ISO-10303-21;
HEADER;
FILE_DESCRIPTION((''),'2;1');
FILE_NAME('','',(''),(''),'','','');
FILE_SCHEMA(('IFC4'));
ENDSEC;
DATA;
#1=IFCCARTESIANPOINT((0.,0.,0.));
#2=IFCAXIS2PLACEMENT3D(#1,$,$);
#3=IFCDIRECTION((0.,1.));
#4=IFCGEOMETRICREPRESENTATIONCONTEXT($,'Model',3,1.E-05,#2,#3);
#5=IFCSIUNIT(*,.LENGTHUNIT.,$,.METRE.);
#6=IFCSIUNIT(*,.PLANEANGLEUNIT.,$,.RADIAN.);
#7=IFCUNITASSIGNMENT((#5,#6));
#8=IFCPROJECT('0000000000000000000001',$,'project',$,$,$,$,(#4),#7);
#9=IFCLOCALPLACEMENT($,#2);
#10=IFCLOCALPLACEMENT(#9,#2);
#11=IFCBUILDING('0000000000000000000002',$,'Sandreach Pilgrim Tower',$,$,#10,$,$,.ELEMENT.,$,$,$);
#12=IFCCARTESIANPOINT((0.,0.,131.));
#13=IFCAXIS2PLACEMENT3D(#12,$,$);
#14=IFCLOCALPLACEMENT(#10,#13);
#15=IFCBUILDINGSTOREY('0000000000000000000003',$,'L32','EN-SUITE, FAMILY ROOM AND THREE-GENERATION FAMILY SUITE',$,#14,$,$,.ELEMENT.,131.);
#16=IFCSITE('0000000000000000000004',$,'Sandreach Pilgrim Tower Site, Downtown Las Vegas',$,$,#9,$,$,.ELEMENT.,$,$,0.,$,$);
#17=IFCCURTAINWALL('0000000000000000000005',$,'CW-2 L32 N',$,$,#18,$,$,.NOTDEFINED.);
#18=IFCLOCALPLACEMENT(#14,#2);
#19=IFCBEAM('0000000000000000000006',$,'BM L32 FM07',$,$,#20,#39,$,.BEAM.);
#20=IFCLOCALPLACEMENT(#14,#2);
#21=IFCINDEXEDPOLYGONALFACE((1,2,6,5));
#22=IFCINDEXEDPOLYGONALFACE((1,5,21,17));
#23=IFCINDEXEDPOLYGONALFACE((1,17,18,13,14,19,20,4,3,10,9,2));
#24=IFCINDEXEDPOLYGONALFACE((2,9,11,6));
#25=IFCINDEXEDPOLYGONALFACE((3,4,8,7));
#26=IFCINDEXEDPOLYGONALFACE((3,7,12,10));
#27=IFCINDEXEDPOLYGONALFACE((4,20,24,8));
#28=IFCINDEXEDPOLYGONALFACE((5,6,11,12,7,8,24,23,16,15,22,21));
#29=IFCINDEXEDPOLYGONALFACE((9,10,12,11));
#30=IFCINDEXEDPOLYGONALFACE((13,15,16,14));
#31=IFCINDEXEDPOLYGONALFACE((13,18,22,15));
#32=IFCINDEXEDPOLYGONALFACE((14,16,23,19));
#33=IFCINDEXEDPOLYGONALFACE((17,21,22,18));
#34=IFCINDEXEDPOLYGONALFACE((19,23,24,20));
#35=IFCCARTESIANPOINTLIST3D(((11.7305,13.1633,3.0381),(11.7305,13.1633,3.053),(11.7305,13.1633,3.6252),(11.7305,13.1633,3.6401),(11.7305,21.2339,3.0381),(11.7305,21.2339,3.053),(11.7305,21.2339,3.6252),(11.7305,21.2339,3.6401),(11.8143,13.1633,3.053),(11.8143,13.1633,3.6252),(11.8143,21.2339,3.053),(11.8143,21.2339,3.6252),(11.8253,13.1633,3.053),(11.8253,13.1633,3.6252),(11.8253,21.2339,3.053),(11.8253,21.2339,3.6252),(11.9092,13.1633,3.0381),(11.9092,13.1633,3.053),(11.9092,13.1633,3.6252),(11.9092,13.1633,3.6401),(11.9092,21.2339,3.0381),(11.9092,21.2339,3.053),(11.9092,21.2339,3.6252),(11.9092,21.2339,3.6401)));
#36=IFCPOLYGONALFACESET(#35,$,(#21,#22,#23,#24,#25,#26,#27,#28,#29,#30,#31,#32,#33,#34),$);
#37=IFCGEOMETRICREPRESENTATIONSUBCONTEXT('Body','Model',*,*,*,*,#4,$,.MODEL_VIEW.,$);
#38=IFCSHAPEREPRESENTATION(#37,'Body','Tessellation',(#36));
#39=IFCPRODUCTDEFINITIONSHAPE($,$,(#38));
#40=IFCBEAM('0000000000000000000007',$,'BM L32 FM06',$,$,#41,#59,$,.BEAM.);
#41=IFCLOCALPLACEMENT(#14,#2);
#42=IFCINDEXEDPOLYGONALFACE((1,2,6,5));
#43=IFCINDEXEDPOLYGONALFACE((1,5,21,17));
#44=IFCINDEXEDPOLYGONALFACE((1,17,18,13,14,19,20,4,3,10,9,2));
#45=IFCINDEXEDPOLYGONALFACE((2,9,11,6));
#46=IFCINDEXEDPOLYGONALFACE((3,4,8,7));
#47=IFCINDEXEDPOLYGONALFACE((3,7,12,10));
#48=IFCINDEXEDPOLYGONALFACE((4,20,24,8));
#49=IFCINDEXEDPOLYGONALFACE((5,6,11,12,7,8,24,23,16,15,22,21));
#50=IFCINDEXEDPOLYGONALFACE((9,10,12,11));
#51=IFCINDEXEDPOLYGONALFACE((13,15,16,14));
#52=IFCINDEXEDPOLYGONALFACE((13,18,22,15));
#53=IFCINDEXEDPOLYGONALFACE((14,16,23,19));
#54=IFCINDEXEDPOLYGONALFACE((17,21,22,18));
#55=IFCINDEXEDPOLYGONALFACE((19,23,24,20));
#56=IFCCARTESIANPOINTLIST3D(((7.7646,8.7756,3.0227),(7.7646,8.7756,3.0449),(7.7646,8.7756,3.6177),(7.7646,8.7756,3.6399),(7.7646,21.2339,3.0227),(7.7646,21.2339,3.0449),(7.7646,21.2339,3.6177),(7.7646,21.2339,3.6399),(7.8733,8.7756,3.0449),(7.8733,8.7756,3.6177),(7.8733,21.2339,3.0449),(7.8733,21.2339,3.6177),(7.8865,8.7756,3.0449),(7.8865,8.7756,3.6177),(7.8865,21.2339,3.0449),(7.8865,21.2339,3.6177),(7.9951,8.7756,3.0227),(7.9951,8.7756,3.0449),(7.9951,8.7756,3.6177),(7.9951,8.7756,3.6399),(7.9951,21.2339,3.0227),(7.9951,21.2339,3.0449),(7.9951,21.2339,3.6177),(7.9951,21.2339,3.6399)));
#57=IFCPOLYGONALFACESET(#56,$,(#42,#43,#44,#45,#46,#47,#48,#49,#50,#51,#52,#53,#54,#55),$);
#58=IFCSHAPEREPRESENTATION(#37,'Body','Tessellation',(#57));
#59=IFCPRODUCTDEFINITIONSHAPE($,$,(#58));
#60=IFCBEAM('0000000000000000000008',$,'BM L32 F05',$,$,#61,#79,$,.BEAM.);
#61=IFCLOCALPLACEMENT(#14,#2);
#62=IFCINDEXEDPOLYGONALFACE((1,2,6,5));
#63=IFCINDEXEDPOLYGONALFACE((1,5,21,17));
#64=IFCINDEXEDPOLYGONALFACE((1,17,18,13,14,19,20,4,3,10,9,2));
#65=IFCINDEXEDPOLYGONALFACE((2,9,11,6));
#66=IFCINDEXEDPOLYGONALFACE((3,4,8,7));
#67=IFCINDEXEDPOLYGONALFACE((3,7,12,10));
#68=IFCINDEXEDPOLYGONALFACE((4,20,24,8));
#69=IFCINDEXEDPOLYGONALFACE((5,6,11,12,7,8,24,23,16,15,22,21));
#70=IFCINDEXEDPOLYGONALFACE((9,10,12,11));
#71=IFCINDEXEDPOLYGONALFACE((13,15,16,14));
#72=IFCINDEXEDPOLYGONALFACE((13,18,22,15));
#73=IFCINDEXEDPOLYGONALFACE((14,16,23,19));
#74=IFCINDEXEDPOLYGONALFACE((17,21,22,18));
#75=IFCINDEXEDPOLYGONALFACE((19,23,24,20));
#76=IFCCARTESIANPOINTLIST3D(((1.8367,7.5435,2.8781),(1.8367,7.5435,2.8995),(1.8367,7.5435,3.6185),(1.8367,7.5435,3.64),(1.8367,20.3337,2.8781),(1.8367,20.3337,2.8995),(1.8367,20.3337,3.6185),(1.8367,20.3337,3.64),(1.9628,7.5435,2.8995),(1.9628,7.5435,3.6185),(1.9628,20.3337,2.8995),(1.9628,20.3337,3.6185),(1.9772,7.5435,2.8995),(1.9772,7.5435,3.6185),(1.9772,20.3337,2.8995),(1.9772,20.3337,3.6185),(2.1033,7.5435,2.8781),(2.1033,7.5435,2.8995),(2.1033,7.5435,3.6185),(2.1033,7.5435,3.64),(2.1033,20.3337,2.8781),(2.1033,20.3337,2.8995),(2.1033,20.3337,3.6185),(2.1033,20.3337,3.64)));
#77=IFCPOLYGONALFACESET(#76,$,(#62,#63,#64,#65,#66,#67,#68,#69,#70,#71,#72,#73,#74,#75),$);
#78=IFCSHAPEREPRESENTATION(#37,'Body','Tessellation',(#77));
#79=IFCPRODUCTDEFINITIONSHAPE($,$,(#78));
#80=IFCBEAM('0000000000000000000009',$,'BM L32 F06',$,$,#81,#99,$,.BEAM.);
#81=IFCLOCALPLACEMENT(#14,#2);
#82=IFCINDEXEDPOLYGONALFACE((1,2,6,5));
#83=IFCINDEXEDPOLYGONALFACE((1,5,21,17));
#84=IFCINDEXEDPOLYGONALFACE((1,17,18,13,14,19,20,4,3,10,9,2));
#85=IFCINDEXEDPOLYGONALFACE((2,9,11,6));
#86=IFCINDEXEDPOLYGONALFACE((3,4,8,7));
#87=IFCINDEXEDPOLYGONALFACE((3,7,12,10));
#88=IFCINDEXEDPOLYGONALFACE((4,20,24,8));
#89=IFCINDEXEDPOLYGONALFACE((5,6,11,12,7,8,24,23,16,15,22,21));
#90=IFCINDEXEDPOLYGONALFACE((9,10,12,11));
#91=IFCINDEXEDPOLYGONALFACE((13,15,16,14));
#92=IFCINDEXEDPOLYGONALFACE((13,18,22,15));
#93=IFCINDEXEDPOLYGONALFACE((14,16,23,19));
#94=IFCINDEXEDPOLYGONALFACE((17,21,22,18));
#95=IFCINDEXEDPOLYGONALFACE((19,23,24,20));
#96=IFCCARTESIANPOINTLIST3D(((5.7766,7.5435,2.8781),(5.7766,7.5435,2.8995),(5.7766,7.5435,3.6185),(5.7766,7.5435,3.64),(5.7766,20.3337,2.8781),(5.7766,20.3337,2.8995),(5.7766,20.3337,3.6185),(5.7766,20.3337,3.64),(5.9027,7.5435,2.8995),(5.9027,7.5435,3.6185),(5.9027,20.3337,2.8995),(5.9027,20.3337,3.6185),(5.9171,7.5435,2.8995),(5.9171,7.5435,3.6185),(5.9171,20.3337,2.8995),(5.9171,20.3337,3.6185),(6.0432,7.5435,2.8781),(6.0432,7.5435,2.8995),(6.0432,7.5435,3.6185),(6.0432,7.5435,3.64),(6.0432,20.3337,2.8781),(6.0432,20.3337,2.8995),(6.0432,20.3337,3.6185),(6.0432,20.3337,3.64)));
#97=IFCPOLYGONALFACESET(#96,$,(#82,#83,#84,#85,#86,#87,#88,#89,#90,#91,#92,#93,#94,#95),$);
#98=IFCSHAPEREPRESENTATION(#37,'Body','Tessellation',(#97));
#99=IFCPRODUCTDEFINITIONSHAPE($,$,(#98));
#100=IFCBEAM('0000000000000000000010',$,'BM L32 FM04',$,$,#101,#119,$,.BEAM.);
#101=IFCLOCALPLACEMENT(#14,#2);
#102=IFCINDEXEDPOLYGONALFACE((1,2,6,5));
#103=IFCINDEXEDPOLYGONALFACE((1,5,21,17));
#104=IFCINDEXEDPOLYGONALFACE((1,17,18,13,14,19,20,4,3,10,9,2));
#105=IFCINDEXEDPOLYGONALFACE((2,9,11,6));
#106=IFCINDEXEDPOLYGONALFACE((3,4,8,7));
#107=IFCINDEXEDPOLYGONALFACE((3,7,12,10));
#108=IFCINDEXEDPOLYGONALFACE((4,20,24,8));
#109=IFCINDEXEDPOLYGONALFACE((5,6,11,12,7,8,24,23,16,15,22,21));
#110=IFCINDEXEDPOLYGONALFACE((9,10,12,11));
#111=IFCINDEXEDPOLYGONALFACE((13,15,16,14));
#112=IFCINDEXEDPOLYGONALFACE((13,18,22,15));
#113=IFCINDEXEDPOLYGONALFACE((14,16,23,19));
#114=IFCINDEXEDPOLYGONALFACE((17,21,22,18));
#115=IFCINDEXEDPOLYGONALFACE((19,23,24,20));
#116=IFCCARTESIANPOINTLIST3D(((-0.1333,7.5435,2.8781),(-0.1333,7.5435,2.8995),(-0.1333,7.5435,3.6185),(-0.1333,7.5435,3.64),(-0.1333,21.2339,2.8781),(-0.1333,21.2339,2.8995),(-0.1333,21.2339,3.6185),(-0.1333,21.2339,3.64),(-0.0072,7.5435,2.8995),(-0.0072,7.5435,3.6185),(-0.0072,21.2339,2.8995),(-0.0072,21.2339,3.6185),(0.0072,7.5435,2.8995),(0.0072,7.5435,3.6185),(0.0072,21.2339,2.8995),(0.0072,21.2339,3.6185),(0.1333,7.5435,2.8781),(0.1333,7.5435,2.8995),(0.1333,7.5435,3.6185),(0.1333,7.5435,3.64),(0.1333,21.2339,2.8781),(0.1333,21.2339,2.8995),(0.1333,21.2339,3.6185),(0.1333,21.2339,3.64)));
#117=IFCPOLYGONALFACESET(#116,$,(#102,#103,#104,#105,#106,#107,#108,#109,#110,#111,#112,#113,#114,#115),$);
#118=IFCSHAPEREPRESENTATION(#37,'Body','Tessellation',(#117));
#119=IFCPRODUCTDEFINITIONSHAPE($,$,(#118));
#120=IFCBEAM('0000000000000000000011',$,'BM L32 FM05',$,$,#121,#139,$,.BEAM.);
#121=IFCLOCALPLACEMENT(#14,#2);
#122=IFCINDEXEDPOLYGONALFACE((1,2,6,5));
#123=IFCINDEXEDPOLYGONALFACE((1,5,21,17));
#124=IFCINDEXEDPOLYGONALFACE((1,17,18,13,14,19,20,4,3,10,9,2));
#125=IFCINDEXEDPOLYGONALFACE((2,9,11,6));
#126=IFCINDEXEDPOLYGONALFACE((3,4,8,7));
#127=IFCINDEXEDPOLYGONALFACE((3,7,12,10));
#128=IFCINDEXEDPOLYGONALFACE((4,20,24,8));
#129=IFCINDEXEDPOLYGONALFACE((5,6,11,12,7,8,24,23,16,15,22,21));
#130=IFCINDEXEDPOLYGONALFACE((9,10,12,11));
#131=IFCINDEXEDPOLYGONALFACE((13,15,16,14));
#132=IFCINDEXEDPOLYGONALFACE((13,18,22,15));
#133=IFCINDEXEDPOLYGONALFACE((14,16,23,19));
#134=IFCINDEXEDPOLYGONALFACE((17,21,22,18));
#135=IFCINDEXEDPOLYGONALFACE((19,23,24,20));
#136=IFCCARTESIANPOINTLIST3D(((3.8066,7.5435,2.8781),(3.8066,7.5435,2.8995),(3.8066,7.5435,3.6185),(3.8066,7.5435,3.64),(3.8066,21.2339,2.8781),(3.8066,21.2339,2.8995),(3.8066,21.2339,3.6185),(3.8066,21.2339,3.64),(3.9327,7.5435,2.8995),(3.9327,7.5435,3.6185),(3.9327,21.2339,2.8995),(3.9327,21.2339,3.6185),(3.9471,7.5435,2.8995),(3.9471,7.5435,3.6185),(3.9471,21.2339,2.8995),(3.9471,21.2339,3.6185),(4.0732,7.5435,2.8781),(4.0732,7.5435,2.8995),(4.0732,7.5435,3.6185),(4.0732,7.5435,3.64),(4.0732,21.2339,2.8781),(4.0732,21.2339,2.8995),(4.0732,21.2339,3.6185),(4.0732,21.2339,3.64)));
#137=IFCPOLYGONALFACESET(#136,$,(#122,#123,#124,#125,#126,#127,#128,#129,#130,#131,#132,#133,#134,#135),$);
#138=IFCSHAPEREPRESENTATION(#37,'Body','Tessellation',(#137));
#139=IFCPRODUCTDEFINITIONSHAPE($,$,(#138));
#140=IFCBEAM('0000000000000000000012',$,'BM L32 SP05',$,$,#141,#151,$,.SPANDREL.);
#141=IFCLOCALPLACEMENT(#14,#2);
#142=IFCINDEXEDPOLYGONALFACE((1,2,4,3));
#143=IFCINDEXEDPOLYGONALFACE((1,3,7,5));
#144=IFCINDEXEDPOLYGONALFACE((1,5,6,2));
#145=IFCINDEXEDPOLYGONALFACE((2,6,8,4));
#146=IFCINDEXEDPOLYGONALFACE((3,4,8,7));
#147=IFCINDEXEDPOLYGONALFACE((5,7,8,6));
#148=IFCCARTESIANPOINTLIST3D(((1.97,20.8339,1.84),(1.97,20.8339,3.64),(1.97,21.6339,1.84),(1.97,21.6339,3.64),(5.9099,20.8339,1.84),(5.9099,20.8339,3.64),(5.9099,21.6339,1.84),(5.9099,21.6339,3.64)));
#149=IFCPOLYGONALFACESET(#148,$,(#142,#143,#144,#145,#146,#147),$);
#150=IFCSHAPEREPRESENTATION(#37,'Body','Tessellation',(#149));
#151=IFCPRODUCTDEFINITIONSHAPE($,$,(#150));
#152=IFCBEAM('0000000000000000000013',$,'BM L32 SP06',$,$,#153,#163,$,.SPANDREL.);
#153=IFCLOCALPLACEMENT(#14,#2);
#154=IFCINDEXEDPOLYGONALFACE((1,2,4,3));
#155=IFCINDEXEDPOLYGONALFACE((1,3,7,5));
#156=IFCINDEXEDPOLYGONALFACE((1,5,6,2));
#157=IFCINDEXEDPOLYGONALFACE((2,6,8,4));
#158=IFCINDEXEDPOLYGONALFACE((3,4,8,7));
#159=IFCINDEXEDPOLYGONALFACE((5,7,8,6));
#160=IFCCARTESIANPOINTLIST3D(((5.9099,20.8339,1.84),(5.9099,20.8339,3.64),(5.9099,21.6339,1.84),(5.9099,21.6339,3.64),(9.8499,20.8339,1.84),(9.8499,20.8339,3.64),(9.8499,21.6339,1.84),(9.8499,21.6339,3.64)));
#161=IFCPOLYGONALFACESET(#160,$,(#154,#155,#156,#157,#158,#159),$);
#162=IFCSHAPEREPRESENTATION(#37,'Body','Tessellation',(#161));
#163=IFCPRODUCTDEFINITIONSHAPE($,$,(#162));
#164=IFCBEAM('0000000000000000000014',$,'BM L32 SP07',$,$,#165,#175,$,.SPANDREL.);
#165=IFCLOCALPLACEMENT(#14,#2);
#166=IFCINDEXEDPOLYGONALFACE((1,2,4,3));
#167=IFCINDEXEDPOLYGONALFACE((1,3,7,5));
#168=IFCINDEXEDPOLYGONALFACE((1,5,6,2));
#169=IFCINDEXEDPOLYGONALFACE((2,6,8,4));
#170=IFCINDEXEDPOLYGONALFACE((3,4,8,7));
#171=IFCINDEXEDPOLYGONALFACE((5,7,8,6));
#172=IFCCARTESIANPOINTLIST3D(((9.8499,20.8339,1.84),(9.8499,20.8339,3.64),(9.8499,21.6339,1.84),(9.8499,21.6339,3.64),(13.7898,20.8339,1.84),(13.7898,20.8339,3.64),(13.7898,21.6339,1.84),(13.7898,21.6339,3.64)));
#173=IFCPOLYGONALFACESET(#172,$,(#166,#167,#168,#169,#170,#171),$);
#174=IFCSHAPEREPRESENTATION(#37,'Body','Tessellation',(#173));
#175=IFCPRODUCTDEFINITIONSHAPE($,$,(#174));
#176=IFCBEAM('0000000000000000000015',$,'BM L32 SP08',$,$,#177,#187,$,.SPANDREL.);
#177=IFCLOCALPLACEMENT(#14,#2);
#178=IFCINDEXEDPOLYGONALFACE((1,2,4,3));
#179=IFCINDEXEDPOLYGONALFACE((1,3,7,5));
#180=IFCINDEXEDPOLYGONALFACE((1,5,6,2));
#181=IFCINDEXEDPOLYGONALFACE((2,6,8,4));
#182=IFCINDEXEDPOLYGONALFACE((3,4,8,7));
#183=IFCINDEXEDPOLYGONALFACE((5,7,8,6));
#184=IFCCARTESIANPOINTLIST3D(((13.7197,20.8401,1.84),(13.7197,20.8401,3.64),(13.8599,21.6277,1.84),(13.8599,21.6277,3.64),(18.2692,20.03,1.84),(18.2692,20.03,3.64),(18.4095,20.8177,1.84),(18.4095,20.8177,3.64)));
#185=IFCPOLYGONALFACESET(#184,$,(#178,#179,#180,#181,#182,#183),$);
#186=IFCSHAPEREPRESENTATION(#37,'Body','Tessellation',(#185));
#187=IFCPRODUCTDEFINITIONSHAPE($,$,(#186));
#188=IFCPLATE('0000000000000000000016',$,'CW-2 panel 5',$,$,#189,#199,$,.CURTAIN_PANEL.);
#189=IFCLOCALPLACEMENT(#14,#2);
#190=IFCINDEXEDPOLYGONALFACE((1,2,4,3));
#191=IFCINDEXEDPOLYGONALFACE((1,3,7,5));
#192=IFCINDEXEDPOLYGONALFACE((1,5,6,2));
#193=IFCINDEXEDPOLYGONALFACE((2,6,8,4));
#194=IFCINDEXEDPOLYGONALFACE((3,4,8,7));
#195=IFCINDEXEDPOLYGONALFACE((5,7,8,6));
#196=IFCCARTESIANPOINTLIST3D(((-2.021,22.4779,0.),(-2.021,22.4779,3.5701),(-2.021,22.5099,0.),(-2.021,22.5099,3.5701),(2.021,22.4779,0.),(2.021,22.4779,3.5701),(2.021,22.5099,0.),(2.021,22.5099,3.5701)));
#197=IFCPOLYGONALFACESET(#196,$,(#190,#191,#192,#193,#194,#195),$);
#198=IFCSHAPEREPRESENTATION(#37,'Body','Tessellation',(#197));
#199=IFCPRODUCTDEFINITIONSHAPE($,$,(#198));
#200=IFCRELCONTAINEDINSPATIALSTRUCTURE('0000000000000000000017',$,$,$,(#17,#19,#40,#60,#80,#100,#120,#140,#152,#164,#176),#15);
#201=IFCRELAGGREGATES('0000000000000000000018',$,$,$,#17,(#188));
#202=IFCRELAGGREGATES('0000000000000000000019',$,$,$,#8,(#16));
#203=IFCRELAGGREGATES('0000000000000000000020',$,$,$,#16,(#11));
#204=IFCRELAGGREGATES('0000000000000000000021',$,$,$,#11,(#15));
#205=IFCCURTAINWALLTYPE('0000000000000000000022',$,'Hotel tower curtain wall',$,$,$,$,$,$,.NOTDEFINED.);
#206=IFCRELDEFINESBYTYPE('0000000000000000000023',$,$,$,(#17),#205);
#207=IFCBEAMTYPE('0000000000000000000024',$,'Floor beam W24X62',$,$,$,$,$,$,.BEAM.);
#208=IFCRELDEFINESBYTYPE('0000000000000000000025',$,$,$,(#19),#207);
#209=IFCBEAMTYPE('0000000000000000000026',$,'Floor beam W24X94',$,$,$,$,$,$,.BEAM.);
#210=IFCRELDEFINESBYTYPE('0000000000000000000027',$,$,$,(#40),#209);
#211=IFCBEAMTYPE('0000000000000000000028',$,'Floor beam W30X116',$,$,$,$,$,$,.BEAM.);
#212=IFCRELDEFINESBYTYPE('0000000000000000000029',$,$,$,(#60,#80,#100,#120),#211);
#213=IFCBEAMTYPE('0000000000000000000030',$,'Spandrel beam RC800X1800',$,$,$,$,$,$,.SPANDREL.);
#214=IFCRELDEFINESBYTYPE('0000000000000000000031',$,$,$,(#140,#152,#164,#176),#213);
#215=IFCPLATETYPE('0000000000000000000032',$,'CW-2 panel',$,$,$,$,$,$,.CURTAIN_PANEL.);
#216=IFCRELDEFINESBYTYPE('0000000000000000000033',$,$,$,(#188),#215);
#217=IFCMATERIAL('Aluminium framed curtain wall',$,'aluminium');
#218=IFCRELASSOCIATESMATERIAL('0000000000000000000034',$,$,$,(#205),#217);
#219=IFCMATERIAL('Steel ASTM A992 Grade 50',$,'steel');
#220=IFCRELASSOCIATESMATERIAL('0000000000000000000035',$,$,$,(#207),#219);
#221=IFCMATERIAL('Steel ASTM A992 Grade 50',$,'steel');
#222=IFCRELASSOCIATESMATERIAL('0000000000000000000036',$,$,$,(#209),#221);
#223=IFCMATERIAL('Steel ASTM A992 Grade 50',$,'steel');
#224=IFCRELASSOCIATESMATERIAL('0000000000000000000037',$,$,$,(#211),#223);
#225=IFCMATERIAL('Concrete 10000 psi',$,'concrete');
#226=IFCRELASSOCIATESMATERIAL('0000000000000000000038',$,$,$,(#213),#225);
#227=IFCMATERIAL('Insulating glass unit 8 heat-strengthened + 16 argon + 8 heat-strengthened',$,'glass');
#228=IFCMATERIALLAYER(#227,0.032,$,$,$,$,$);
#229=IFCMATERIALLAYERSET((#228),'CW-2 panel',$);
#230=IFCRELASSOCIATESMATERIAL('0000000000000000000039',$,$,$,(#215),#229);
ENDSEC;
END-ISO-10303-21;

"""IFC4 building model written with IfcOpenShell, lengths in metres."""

from ifc_helpers import new_model, si_unit, direction, frame, origin, origin_2d, place, context, subcontext, project, spatial, rectangle, i_section, extrude, material, layer, layer_set, material_profile, profile_set, type_object, element, aggregate, save


model = new_model("IFC4")

# Units and contexts
model_context = context("Model", 3, precision=1e-05, world=origin(), true_north=direction((0.0, 1.0)))
body_context = subcontext(model_context, "Body", "Model", "MODEL_VIEW")
ifc_project = project(units=[si_unit("LENGTHUNIT", "METRE"), si_unit("PLANEANGLEUNIT", "RADIAN")], contexts=[model_context])

# Site, building, storey
site_placement = place(None, origin())
site = spatial("IfcSite", under=ifc_project, at=site_placement, Name="Sandreach Pilgrim Tower Site, Downtown Las Vegas", CompositionType="ELEMENT", RefElevation=0.0)
building_placement = place(site_placement, origin())
building = spatial("IfcBuilding", under=site, at=building_placement, Name="Sandreach Pilgrim Tower", CompositionType="ELEMENT")
storey_placement = place(building_placement, frame((0.0, 0.0, 131.0)))
storey = spatial("IfcBuildingStorey", under=building, at=storey_placement, Name="L32", Description="EN-SUITE, FAMILY ROOM AND THREE-GENERATION FAMILY SUITE", CompositionType="ELEMENT", Elevation=131.0)

# Curtain wall
ifc_material_1 = material(Name="Aluminium framed curtain wall", Category="aluminium")
curtain_wall_type = type_object("IfcCurtainWallType", Name="Hotel tower curtain wall", PredefinedType="NOTDEFINED", material=ifc_material_1)
curtain_wall_placement = place(storey_placement, origin())
curtain_wall = element("IfcCurtainWall", 1, at=curtain_wall_placement, inside=storey, type_object=curtain_wall_type, Name="CW-2 L32 N", PredefinedType="NOTDEFINED")

# Beams
ifc_material_2 = material(Name="Steel ASTM A992 Grade 50", Category="steel")
ifc_material_profile_1 = material_profile(ifc_material_2, i_section(OverallWidth=0.1787, OverallDepth=0.6021, WebThickness=0.011, FlangeThickness=0.0149, at=origin_2d()), Name="W24X62")
ifc_profile_set_1 = profile_set([ifc_material_profile_1], Name="Steel ASTM A992 Grade 50")
beam_type_1 = type_object("IfcBeamType", Name="Floor beam W24X62", PredefinedType="BEAM", material=ifc_profile_set_1)
beam_1_placement = place(storey_placement, frame((11.8198, 21.2339, 3.3391), z_axis=(0.0, -1.0, 0.0), x_axis=(1.0, 0.0, 0.0)))
element("IfcBeam", 2, at=beam_1_placement, inside=storey, type_object=beam_type_1, Name="BM L32 FM07", PredefinedType="BEAM", context=body_context, shape_type="SweptSolid", body=[
    extrude(i_section(OverallWidth=0.1787, OverallDepth=0.6021, WebThickness=0.011, FlangeThickness=0.0149, at=origin_2d()), origin(), (0.0, 0.0, 1.0), 8.0706),
])
ifc_material_3 = material(Name="Steel ASTM A992 Grade 50", Category="steel")
ifc_material_profile_2 = material_profile(ifc_material_3, i_section(OverallWidth=0.2305, OverallDepth=0.6172, WebThickness=0.0132, FlangeThickness=0.0222, at=origin_2d()), Name="W24X94")
ifc_profile_set_2 = profile_set([ifc_material_profile_2], Name="Steel ASTM A992 Grade 50")
beam_type_2 = type_object("IfcBeamType", Name="Floor beam W24X94", PredefinedType="BEAM", material=ifc_profile_set_2)
beam_2_placement = place(storey_placement, frame((7.8799, 21.2339, 3.3313), z_axis=(0.0, -1.0, 0.0), x_axis=(1.0, 0.0, 0.0)))
element("IfcBeam", 3, at=beam_2_placement, inside=storey, type_object=beam_type_2, Name="BM L32 FM06", PredefinedType="BEAM", context=body_context, shape_type="SweptSolid", body=[
    extrude(i_section(OverallWidth=0.2305, OverallDepth=0.6172, WebThickness=0.0132, FlangeThickness=0.0222, at=origin_2d()), origin(), (0.0, 0.0, 1.0), 12.4583),
])
ifc_material_4 = material(Name="Steel ASTM A992 Grade 50", Category="steel")
ifc_material_profile_3 = material_profile(ifc_material_4, i_section(OverallWidth=0.2666, OverallDepth=0.762, WebThickness=0.0144, FlangeThickness=0.0215, at=origin_2d()), Name="W30X116")
ifc_profile_set_3 = profile_set([ifc_material_profile_3], Name="Steel ASTM A992 Grade 50")
beam_type_3 = type_object("IfcBeamType", Name="Floor beam W30X116", PredefinedType="BEAM", material=ifc_profile_set_3)
for number, where, z_axis, x_axis, name in (
    (4, (1.97, 20.3337, 3.259), (0.0, -1.0, 0.0), (1.0, 0.0, 0.0), "BM L32 F05"),
    (5, (5.9099, 20.3337, 3.259), (0.0, -1.0, 0.0), (1.0, 0.0, 0.0), "BM L32 F06"),
):
    element("IfcBeam", number, at=place(storey_placement, frame(where, z_axis=z_axis, x_axis=x_axis)), inside=storey, type_object=beam_type_3, Name=name, PredefinedType="BEAM", context=body_context, shape_type="SweptSolid", body=[
        extrude(i_section(OverallWidth=0.2666, OverallDepth=0.762, WebThickness=0.0144, FlangeThickness=0.0215, at=origin_2d()), origin(), (0.0, 0.0, 1.0), 12.7903),
    ])
for number, where, z_axis, x_axis, name in (
    (6, (0.0, 21.2339, 3.259), (0.0, -1.0, 0.0), (1.0, 0.0, 0.0), "BM L32 FM04"),
    (7, (3.9399, 21.2339, 3.259), (0.0, -1.0, 0.0), (1.0, 0.0, 0.0), "BM L32 FM05"),
):
    element("IfcBeam", number, at=place(storey_placement, frame(where, z_axis=z_axis, x_axis=x_axis)), inside=storey, type_object=beam_type_3, Name=name, PredefinedType="BEAM", context=body_context, shape_type="SweptSolid", body=[
        extrude(i_section(OverallWidth=0.2666, OverallDepth=0.762, WebThickness=0.0144, FlangeThickness=0.0215, at=origin_2d()), origin(), (0.0, 0.0, 1.0), 13.6904),
    ])
ifc_material_5 = material(Name="Concrete 10000 psi", Category="concrete")
ifc_material_profile_4 = material_profile(ifc_material_5, rectangle(XDim=0.8, YDim=1.8, at=origin_2d()), Name="RC800X1800")
ifc_profile_set_4 = profile_set([ifc_material_profile_4], Name="Concrete 10000 psi")
beam_type_4 = type_object("IfcBeamType", Name="Spandrel beam RC800X1800", PredefinedType="SPANDREL", material=ifc_profile_set_4)
for number, where, z_axis, x_axis, name in (
    (8, (1.97, 21.2339, 2.74), (1.0, 0.0, 0.0), (0.0, 1.0, 0.0), "BM L32 SP05"),
    (9, (5.9099, 21.2339, 2.74), (1.0, 0.0, 0.0), (0.0, 1.0, 0.0), "BM L32 SP06"),
    (10, (9.8499, 21.2339, 2.74), (1.0, 0.0, 0.0), (0.0, 1.0, 0.0), "BM L32 SP07"),
):
    element("IfcBeam", number, at=place(storey_placement, frame(where, z_axis=z_axis, x_axis=x_axis)), inside=storey, type_object=beam_type_4, Name=name, PredefinedType="SPANDREL", context=body_context, shape_type="SweptSolid", body=[
        extrude(rectangle(XDim=0.8, YDim=1.8, at=origin_2d()), origin(), (0.0, 0.0, 1.0), 3.9399),
    ])
beam_3_placement = place(storey_placement, frame((13.7898, 21.2339, 2.74), z_axis=(0.984516, -0.175295, 0.0), x_axis=(0.175295, 0.984516, 0.0)))
element("IfcBeam", 11, at=beam_3_placement, inside=storey, type_object=beam_type_4, Name="BM L32 SP08", PredefinedType="SPANDREL", context=body_context, shape_type="SweptSolid", body=[
    extrude(rectangle(XDim=0.8, YDim=1.8, at=origin_2d()), origin(), (0.0, 0.0, 1.0), 4.6211),
])

# Plate
ifc_material_6 = material(Name="Insulating glass unit 8 heat-strengthened + 16 argon + 8 heat-strengthened", Category="glass")
ifc_layer_1 = layer(ifc_material_6, 0.032)
ifc_layer_set_1 = layer_set([ifc_layer_1], Name="CW-2 panel")
plate_type = type_object("IfcPlateType", Name="CW-2 panel", PredefinedType="CURTAIN_PANEL", material=ifc_layer_set_1)
plate_1_placement = place(storey_placement, frame((0.0, 22.4939, 0.0), z_axis=(0.0, 0.0, 1.0), x_axis=(1.0, 0.0, 0.0)))
plate_1 = element("IfcPlate", 12, at=plate_1_placement, type_object=plate_type, Name="CW-2 panel 5", PredefinedType="CURTAIN_PANEL", context=body_context, shape_type="SweptSolid", body=[
    extrude(rectangle(XDim=4.042, YDim=0.032, at=origin_2d()), origin(), (0.0, 0.0, 1.0), 3.5701),
])
aggregate(curtain_wall, [plate_1])

save(model, "model.ifc")
